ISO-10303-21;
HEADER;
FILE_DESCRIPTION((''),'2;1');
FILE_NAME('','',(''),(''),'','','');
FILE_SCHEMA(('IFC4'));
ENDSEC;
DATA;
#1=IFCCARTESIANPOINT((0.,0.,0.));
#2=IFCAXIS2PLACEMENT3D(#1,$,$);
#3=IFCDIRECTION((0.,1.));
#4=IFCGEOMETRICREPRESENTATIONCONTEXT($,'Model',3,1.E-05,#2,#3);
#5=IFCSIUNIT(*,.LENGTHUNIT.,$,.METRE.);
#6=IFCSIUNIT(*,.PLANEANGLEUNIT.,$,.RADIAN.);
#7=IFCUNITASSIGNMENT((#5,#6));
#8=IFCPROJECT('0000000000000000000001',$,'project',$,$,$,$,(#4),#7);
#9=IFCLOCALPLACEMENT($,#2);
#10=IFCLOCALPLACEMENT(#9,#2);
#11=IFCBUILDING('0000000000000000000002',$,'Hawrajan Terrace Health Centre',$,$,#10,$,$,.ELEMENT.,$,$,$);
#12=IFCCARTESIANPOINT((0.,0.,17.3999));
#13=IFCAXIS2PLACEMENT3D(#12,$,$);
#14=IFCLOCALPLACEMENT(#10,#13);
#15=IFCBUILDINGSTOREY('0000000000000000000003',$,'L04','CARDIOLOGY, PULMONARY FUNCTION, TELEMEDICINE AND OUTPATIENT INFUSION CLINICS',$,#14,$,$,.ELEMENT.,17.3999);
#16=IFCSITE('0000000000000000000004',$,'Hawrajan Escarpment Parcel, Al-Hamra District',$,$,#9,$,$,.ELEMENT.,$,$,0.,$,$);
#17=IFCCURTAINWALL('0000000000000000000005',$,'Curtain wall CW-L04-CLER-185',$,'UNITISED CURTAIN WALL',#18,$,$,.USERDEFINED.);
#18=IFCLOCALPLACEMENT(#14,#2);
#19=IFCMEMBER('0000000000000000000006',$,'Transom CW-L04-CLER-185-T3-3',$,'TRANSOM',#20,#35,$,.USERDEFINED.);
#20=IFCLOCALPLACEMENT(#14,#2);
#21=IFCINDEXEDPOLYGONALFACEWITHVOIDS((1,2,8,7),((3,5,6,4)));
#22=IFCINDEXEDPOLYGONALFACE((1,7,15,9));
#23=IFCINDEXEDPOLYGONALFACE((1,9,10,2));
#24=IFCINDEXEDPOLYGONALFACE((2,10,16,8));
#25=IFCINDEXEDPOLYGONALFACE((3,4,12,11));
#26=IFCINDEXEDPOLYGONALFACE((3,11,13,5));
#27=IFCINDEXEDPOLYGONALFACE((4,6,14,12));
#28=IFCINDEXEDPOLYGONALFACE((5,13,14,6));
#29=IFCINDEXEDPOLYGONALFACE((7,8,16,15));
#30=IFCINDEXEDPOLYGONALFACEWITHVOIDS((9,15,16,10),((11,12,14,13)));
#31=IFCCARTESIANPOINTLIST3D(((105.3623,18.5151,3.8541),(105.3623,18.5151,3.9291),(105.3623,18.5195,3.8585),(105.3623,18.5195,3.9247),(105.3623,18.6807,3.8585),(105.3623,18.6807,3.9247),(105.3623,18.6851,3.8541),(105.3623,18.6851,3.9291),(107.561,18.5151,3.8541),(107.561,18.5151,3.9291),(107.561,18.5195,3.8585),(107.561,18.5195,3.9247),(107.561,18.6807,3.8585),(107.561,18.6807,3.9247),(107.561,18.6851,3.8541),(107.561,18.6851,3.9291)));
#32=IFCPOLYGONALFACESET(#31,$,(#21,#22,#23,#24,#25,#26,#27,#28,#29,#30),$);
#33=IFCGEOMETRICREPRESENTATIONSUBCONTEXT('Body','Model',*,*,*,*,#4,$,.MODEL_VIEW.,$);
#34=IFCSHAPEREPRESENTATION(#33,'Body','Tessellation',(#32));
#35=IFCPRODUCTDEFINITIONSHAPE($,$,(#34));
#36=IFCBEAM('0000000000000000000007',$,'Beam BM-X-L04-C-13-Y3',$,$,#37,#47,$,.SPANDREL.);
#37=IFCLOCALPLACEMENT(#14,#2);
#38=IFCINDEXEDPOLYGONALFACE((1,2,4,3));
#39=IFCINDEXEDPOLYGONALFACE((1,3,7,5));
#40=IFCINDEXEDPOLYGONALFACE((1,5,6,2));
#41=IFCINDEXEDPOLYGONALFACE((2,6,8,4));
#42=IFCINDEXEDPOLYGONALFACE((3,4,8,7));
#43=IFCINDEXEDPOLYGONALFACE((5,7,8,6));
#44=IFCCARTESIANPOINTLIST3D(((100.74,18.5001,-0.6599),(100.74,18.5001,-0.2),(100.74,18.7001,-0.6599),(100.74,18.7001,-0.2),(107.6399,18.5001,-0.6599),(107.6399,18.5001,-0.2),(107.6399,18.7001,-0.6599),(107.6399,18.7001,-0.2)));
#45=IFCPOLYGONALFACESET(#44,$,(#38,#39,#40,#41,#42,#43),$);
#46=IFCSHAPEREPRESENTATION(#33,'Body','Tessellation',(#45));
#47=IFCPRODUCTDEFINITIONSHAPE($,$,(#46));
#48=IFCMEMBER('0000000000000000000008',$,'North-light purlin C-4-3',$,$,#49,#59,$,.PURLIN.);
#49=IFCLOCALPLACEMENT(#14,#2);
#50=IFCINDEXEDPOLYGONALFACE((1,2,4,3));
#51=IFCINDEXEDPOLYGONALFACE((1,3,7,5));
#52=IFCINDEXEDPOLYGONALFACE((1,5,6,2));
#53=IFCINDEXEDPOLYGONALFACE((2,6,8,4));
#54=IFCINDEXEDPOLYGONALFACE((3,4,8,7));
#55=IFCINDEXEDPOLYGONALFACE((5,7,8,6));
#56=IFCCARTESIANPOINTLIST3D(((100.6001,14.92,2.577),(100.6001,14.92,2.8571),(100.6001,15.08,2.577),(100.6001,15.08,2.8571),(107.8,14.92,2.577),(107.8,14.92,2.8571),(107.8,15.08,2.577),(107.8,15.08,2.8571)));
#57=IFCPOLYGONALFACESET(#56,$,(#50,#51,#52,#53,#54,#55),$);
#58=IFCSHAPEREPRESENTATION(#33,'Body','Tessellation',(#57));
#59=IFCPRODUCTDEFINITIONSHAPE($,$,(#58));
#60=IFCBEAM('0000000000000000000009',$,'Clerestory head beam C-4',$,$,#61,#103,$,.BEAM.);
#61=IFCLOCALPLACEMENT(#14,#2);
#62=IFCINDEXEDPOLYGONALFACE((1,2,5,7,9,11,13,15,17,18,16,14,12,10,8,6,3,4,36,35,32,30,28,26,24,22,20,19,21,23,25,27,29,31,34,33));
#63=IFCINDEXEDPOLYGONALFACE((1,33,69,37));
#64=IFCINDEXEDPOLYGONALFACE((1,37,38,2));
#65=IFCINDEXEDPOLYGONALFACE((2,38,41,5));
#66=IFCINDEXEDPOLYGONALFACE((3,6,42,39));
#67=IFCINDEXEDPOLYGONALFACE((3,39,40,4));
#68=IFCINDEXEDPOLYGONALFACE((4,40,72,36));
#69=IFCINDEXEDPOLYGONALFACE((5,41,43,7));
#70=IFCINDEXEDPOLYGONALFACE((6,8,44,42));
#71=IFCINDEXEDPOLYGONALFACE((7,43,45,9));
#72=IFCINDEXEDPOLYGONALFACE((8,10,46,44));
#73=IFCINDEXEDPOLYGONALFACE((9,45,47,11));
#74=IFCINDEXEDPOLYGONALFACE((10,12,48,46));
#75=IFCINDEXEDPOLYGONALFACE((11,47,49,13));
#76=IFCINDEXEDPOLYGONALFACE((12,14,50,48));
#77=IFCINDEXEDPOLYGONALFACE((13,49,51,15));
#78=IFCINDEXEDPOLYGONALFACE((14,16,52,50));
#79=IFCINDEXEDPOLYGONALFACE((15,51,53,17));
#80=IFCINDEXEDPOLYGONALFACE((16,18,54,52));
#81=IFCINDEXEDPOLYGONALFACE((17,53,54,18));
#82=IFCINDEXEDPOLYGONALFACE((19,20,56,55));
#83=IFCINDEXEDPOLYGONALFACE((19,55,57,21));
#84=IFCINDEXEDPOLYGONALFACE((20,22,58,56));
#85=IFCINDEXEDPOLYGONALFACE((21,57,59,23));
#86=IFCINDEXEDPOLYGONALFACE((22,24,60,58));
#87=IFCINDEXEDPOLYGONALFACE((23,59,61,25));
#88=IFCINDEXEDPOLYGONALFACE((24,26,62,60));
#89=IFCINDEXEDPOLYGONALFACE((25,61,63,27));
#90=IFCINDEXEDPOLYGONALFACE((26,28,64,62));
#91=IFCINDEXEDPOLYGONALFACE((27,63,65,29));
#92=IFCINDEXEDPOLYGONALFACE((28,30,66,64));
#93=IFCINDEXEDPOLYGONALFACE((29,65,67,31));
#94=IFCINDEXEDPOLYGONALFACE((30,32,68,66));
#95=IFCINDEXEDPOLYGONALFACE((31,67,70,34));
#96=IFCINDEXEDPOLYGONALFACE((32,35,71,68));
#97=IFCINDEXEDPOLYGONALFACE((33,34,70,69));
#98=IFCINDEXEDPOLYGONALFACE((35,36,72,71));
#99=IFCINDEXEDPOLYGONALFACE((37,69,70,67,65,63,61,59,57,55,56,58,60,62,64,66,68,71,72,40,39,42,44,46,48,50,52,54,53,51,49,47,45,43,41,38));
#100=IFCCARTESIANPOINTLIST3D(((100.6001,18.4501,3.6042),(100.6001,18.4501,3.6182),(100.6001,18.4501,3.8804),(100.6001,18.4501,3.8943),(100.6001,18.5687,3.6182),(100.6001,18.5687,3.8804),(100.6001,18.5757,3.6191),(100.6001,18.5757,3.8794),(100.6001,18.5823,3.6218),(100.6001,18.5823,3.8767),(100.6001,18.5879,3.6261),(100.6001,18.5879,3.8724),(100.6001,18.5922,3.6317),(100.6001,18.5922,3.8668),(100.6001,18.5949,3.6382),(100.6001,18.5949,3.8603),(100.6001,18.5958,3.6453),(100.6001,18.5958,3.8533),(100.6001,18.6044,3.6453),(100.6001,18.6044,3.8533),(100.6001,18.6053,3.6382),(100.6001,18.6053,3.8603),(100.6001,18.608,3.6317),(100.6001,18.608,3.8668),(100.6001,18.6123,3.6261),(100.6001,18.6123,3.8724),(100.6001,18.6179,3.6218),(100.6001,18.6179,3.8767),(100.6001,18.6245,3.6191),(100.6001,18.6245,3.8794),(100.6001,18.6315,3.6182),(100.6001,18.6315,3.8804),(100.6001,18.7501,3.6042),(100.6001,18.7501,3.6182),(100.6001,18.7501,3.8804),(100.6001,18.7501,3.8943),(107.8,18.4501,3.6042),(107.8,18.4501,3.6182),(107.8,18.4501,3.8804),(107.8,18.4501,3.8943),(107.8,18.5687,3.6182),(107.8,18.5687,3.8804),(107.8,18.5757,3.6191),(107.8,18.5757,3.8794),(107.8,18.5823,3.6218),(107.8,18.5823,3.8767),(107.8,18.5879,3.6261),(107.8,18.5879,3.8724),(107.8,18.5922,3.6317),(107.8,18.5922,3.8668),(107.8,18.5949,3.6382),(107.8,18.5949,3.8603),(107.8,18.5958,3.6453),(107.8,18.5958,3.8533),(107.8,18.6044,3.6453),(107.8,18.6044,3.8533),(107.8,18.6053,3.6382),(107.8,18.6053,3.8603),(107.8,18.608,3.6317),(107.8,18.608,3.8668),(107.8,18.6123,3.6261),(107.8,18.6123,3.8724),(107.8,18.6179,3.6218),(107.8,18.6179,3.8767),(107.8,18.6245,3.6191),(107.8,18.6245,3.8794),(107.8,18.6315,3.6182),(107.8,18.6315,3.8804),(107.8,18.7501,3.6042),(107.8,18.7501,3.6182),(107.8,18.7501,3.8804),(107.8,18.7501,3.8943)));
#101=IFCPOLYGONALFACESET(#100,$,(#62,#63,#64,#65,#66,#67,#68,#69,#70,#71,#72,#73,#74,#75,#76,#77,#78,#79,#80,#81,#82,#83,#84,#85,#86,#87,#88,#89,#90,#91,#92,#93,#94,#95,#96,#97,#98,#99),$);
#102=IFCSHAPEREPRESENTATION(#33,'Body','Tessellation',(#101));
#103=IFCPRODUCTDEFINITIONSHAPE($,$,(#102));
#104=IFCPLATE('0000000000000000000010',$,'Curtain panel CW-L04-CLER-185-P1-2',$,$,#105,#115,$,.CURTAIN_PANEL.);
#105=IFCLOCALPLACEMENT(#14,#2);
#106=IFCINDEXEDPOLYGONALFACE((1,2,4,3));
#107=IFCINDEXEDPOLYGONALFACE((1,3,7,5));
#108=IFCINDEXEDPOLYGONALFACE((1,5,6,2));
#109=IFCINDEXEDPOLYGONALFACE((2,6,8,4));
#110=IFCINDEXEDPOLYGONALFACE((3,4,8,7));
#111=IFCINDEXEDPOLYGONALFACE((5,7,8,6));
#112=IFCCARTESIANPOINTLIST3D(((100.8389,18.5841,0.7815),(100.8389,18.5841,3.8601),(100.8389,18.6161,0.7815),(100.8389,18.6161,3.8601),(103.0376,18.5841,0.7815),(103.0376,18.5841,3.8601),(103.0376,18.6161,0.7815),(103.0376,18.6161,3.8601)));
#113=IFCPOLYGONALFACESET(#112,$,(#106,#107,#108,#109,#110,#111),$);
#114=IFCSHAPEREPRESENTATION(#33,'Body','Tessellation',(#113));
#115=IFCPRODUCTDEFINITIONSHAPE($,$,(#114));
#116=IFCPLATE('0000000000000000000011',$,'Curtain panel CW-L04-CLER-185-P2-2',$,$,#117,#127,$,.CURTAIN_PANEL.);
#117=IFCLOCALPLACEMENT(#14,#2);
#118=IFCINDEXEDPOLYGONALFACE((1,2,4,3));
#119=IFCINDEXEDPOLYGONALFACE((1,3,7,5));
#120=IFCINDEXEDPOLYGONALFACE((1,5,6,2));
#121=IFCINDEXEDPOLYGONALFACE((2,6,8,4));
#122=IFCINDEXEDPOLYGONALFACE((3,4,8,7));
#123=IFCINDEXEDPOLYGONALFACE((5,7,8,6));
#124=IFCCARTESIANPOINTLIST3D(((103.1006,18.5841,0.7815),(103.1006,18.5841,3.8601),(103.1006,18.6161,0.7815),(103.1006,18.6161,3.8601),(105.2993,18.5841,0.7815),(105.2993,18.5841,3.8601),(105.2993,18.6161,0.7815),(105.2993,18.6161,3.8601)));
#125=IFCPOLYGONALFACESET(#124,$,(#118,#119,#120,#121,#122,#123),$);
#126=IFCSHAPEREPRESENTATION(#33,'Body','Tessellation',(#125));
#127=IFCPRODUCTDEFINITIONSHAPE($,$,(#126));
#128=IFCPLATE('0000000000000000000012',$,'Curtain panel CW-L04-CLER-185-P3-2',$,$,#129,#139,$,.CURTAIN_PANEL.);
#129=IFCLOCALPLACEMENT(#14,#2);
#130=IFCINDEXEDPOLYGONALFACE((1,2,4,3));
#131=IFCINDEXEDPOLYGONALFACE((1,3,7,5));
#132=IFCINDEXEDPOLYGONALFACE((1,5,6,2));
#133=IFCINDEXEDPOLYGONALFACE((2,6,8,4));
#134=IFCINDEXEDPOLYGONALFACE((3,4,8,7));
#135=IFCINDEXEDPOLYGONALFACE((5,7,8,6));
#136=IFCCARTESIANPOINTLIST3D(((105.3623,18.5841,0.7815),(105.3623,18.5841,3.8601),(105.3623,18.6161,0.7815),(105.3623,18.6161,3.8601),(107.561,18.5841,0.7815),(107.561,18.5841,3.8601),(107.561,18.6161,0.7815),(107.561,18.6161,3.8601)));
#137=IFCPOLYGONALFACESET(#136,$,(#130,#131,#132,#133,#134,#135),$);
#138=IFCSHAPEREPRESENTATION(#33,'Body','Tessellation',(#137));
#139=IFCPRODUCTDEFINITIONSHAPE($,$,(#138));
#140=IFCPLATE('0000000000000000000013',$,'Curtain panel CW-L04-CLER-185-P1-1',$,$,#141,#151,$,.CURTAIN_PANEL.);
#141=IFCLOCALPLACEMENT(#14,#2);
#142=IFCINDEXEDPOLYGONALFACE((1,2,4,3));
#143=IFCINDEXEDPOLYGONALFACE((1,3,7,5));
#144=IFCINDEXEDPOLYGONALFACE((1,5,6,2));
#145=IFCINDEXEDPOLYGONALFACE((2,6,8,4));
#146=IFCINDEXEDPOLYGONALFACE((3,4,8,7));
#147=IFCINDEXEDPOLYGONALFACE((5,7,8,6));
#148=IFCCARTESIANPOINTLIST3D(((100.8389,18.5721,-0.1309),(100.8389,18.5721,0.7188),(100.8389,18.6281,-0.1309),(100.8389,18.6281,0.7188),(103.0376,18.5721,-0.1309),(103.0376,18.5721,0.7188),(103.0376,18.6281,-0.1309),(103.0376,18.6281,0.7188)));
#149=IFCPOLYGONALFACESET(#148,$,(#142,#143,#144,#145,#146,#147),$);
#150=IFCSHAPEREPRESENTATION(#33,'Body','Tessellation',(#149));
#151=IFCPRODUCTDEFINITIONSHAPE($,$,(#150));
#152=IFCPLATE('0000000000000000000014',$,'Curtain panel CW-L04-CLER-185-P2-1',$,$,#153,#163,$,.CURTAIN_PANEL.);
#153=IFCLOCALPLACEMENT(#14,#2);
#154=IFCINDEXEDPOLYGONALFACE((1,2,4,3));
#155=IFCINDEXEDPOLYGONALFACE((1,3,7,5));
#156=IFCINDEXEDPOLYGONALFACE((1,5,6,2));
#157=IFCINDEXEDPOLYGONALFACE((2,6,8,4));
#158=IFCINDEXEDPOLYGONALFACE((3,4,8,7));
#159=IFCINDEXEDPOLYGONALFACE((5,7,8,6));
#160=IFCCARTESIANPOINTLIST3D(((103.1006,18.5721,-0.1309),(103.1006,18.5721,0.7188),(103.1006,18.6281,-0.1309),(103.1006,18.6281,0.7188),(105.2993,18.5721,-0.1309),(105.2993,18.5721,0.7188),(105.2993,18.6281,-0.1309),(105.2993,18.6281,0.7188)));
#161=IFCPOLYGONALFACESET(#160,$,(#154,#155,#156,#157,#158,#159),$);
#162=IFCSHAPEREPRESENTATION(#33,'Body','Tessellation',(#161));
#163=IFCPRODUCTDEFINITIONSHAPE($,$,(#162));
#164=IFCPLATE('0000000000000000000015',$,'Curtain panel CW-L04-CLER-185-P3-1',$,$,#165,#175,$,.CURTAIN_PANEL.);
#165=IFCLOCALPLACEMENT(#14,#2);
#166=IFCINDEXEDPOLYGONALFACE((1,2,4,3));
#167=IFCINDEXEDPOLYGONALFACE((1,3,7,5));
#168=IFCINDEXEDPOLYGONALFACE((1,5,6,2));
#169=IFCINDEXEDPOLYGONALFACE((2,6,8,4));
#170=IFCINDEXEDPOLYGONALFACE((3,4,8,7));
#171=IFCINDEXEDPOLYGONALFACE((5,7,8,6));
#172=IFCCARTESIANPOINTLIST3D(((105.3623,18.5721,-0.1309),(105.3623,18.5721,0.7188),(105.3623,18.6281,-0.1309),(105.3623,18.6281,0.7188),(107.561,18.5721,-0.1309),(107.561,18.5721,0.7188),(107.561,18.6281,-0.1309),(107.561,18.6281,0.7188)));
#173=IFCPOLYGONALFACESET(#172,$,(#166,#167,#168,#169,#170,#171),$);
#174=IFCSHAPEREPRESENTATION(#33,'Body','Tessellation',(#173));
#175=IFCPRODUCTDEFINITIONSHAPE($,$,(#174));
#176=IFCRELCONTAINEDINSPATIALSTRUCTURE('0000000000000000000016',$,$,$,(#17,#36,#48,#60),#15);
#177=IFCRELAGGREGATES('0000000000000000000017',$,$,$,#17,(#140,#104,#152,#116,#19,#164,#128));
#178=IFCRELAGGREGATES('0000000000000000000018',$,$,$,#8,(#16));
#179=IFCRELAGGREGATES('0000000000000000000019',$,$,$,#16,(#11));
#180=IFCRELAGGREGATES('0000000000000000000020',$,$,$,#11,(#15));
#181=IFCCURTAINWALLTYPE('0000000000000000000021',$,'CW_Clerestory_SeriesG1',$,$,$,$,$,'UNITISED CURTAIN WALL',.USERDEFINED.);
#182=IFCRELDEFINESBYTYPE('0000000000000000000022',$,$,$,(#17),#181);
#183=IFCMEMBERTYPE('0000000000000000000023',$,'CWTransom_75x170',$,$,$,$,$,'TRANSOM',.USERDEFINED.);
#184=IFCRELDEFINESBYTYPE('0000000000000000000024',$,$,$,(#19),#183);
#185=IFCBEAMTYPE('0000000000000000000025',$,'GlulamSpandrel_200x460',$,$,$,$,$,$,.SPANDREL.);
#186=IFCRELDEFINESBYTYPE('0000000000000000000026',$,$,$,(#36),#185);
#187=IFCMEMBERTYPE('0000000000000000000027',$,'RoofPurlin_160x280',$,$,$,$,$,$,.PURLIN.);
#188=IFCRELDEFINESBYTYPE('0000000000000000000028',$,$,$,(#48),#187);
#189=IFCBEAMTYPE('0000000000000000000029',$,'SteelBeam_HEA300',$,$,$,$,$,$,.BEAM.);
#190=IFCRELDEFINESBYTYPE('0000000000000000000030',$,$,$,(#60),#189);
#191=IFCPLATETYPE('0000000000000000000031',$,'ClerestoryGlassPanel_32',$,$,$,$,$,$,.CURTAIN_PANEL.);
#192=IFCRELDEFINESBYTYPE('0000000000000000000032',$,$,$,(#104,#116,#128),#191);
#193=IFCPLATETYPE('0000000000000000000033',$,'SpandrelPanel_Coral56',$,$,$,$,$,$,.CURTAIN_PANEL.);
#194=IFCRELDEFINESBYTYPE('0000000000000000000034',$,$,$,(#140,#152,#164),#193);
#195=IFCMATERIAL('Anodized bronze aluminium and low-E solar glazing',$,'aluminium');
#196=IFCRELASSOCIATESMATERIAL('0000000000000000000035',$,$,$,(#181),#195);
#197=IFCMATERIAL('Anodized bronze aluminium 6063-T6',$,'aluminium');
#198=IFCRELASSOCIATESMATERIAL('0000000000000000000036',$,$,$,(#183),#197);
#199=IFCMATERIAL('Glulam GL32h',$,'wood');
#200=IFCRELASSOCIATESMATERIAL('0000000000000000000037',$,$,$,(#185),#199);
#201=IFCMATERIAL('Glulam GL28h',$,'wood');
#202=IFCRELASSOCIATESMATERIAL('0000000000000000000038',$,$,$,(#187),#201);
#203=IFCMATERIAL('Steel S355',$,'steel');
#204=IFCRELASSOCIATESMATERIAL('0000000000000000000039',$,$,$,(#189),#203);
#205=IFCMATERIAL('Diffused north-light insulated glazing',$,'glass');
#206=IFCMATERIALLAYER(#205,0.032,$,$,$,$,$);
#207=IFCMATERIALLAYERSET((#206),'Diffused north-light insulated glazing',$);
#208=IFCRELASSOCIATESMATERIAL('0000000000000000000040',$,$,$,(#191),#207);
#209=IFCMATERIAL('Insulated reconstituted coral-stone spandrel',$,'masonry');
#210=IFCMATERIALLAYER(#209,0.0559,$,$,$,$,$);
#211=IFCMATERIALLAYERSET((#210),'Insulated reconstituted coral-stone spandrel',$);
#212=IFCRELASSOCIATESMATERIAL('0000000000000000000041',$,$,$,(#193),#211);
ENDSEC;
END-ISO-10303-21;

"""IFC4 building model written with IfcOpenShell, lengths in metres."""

from ifc_helpers import new_model, si_unit, direction, frame, origin, origin_2d, place, context, subcontext, project, spatial, rectangle, hollow_rectangle, i_section, extrude, material, layer, layer_set, material_profile, profile_set, type_object, element, aggregate, save


model = new_model("IFC4")

# Units and contexts
model_context = context("Model", 3, precision=1e-05, world=origin(), true_north=direction((0.0, 1.0)))
body_context = subcontext(model_context, "Body", "Model", "MODEL_VIEW")
ifc_project = project(units=[si_unit("LENGTHUNIT", "METRE"), si_unit("PLANEANGLEUNIT", "RADIAN")], contexts=[model_context])

# Site, building, storey
site_placement = place(None, origin())
site = spatial("IfcSite", under=ifc_project, at=site_placement, Name="Hawrajan Escarpment Parcel, Al-Hamra District", CompositionType="ELEMENT", RefElevation=0.0)
building_placement = place(site_placement, origin())
building = spatial("IfcBuilding", under=site, at=building_placement, Name="Hawrajan Terrace Health Centre", CompositionType="ELEMENT")
storey_placement = place(building_placement, frame((0.0, 0.0, 17.3999)))
storey = spatial("IfcBuildingStorey", under=building, at=storey_placement, Name="L04", Description="CARDIOLOGY, PULMONARY FUNCTION, TELEMEDICINE AND OUTPATIENT INFUSION CLINICS", CompositionType="ELEMENT", Elevation=17.3999)

# Curtain wall, member
ifc_material_1 = material(Name="Anodized bronze aluminium and low-E solar glazing", Category="aluminium")
curtain_wall_type = type_object("IfcCurtainWallType", Name="CW_Clerestory_SeriesG1", ElementType="UNITISED CURTAIN WALL", PredefinedType="USERDEFINED", material=ifc_material_1)
curtain_wall_placement = place(storey_placement, origin())
curtain_wall = element("IfcCurtainWall", 1, at=curtain_wall_placement, inside=storey, type_object=curtain_wall_type, Name="Curtain wall CW-L04-CLER-185", ObjectType="UNITISED CURTAIN WALL", PredefinedType="USERDEFINED")
ifc_material_2 = material(Name="Anodized bronze aluminium 6063-T6", Category="aluminium")
ifc_material_profile_1 = material_profile(ifc_material_2, hollow_rectangle(XDim=0.075, YDim=0.1699, WallThickness=0.0044, at=origin_2d()), Name="CW TRN 75x170")
ifc_profile_set_1 = profile_set([ifc_material_profile_1], Name="Anodized bronze aluminium 6063-T6")
member_type_1 = type_object("IfcMemberType", Name="CWTransom_75x170", ElementType="TRANSOM", PredefinedType="USERDEFINED", material=ifc_profile_set_1)
member_1_placement = place(storey_placement, frame((105.3623, 18.6001, 3.8916), z_axis=(1.0, 0.0, 0.0), x_axis=(0.0, 0.0, 1.0)))
member_1 = element("IfcMember", 2, at=member_1_placement, type_object=member_type_1, Name="Transom CW-L04-CLER-185-T3-3", ObjectType="TRANSOM", PredefinedType="USERDEFINED", context=body_context, shape_type="SweptSolid", body=[
    extrude(hollow_rectangle(XDim=0.075, YDim=0.1699, WallThickness=0.0044, at=origin_2d()), origin(), (0.0, 0.0, 1.0), 2.1987),
])

# Beam
ifc_material_3 = material(Name="Glulam GL32h", Category="wood")
ifc_material_profile_2 = material_profile(ifc_material_3, rectangle(XDim=0.2, YDim=0.46, at=origin_2d()), Name="GL SP 200x460")
ifc_profile_set_2 = profile_set([ifc_material_profile_2], Name="Glulam GL32h")
beam_type_1 = type_object("IfcBeamType", Name="GlulamSpandrel_200x460", PredefinedType="SPANDREL", material=ifc_profile_set_2)
beam_1_placement = place(storey_placement, frame((100.74, 18.6001, -0.4299), z_axis=(1.0, 0.0, 0.0), x_axis=(0.0, 1.0, 0.0)))
element("IfcBeam", 3, at=beam_1_placement, inside=storey, type_object=beam_type_1, Name="Beam BM-X-L04-C-13-Y3", PredefinedType="SPANDREL", context=body_context, shape_type="SweptSolid", body=[
    extrude(rectangle(XDim=0.2, YDim=0.46, at=origin_2d()), origin(), (0.0, 0.0, 1.0), 6.8999),
])

# Member
ifc_material_4 = material(Name="Glulam GL28h", Category="wood")
ifc_material_profile_3 = material_profile(ifc_material_4, rectangle(XDim=0.1599, YDim=0.28, at=origin_2d()), Name="GL PUR 160x280")
ifc_profile_set_3 = profile_set([ifc_material_profile_3], Name="Glulam GL28h")
member_type_2 = type_object("IfcMemberType", Name="RoofPurlin_160x280", PredefinedType="PURLIN", material=ifc_profile_set_3)
member_2_placement = place(storey_placement, frame((100.6001, 15.0, 2.717), z_axis=(1.0, 0.0, 0.0), x_axis=(0.0, 1.0, 0.0)))
element("IfcMember", 4, at=member_2_placement, inside=storey, type_object=member_type_2, Name="North-light purlin C-4-3", PredefinedType="PURLIN", context=body_context, shape_type="SweptSolid", body=[
    extrude(rectangle(XDim=0.1599, YDim=0.28, at=origin_2d()), origin(), (0.0, 0.0, 1.0), 7.2),
])

# Beam
ifc_material_5 = material(Name="Steel S355", Category="steel")
ifc_material_profile_4 = material_profile(ifc_material_5, i_section(OverallWidth=0.3, OverallDepth=0.29, WebThickness=0.0085, FlangeThickness=0.0139, FilletRadius=0.0271, at=origin_2d()), Name="HEA 300")
ifc_profile_set_4 = profile_set([ifc_material_profile_4], Name="Steel S355")
beam_type_2 = type_object("IfcBeamType", Name="SteelBeam_HEA300", PredefinedType="BEAM", material=ifc_profile_set_4)
beam_2_placement = place(storey_placement, frame((100.6001, 18.6001, 3.7493), z_axis=(1.0, 0.0, 0.0), x_axis=(0.0, 1.0, 0.0)))
element("IfcBeam", 5, at=beam_2_placement, inside=storey, type_object=beam_type_2, Name="Clerestory head beam C-4", PredefinedType="BEAM", context=body_context, shape_type="SweptSolid", body=[
    extrude(i_section(OverallWidth=0.3, OverallDepth=0.29, WebThickness=0.0085, FlangeThickness=0.0139, FilletRadius=0.0271, at=origin_2d()), origin(), (0.0, 0.0, 1.0), 7.2),
])

# Plates
ifc_material_6 = material(Name="Diffused north-light insulated glazing", Category="glass")
ifc_layer_1 = layer(ifc_material_6, 0.032)
ifc_layer_set_1 = layer_set([ifc_layer_1], Name="Diffused north-light insulated glazing")
plate_type_1 = type_object("IfcPlateType", Name="ClerestoryGlassPanel_32", PredefinedType="CURTAIN_PANEL", material=ifc_layer_set_1)
plate_1_placement = place(storey_placement, frame((101.9382, 18.6001, 0.7815), z_axis=(0.0, 0.0, 1.0), x_axis=(1.0, 0.0, 0.0)))
plate_1 = element("IfcPlate", 6, at=plate_1_placement, type_object=plate_type_1, Name="Curtain panel CW-L04-CLER-185-P1-2", PredefinedType="CURTAIN_PANEL", context=body_context, shape_type="SweptSolid", body=[
    extrude(rectangle(XDim=2.1987, YDim=0.032, at=origin_2d()), origin(), (0.0, 0.0, 1.0), 3.0786),
])
plate_2_placement = place(storey_placement, frame((104.2, 18.6001, 0.7815), z_axis=(0.0, 0.0, 1.0), x_axis=(1.0, 0.0, 0.0)))
plate_2 = element("IfcPlate", 7, at=plate_2_placement, type_object=plate_type_1, Name="Curtain panel CW-L04-CLER-185-P2-2", PredefinedType="CURTAIN_PANEL", context=body_context, shape_type="SweptSolid", body=[
    extrude(rectangle(XDim=2.1987, YDim=0.032, at=origin_2d()), origin(), (0.0, 0.0, 1.0), 3.0786),
])
plate_3_placement = place(storey_placement, frame((106.4617, 18.6001, 0.7815), z_axis=(0.0, 0.0, 1.0), x_axis=(1.0, 0.0, 0.0)))
plate_3 = element("IfcPlate", 8, at=plate_3_placement, type_object=plate_type_1, Name="Curtain panel CW-L04-CLER-185-P3-2", PredefinedType="CURTAIN_PANEL", context=body_context, shape_type="SweptSolid", body=[
    extrude(rectangle(XDim=2.1987, YDim=0.032, at=origin_2d()), origin(), (0.0, 0.0, 1.0), 3.0786),
])
ifc_material_7 = material(Name="Insulated reconstituted coral-stone spandrel", Category="masonry")
ifc_layer_2 = layer(ifc_material_7, 0.0559)
ifc_layer_set_2 = layer_set([ifc_layer_2], Name="Insulated reconstituted coral-stone spandrel")
plate_type_2 = type_object("IfcPlateType", Name="SpandrelPanel_Coral56", PredefinedType="CURTAIN_PANEL", material=ifc_layer_set_2)
plate_4_placement = place(storey_placement, frame((101.9382, 18.6001, -0.1309), z_axis=(0.0, 0.0, 1.0), x_axis=(1.0, 0.0, 0.0)))
plate_4 = element("IfcPlate", 9, at=plate_4_placement, type_object=plate_type_2, Name="Curtain panel CW-L04-CLER-185-P1-1", PredefinedType="CURTAIN_PANEL", context=body_context, shape_type="SweptSolid", body=[
    extrude(rectangle(XDim=2.1987, YDim=0.0559, at=origin_2d()), origin(), (0.0, 0.0, 1.0), 0.8496),
])
plate_5_placement = place(storey_placement, frame((104.2, 18.6001, -0.1309), z_axis=(0.0, 0.0, 1.0), x_axis=(1.0, 0.0, 0.0)))
plate_5 = element("IfcPlate", 10, at=plate_5_placement, type_object=plate_type_2, Name="Curtain panel CW-L04-CLER-185-P2-1", PredefinedType="CURTAIN_PANEL", context=body_context, shape_type="SweptSolid", body=[
    extrude(rectangle(XDim=2.1987, YDim=0.0559, at=origin_2d()), origin(), (0.0, 0.0, 1.0), 0.8496),
])
plate_6_placement = place(storey_placement, frame((106.4617, 18.6001, -0.1309), z_axis=(0.0, 0.0, 1.0), x_axis=(1.0, 0.0, 0.0)))
plate_6 = element("IfcPlate", 11, at=plate_6_placement, type_object=plate_type_2, Name="Curtain panel CW-L04-CLER-185-P3-1", PredefinedType="CURTAIN_PANEL", context=body_context, shape_type="SweptSolid", body=[
    extrude(rectangle(XDim=2.1987, YDim=0.0559, at=origin_2d()), origin(), (0.0, 0.0, 1.0), 0.8496),
])
aggregate(curtain_wall, [plate_4, plate_1, plate_5, plate_2, member_1, plate_6, plate_3])

save(model, "model.ifc")
